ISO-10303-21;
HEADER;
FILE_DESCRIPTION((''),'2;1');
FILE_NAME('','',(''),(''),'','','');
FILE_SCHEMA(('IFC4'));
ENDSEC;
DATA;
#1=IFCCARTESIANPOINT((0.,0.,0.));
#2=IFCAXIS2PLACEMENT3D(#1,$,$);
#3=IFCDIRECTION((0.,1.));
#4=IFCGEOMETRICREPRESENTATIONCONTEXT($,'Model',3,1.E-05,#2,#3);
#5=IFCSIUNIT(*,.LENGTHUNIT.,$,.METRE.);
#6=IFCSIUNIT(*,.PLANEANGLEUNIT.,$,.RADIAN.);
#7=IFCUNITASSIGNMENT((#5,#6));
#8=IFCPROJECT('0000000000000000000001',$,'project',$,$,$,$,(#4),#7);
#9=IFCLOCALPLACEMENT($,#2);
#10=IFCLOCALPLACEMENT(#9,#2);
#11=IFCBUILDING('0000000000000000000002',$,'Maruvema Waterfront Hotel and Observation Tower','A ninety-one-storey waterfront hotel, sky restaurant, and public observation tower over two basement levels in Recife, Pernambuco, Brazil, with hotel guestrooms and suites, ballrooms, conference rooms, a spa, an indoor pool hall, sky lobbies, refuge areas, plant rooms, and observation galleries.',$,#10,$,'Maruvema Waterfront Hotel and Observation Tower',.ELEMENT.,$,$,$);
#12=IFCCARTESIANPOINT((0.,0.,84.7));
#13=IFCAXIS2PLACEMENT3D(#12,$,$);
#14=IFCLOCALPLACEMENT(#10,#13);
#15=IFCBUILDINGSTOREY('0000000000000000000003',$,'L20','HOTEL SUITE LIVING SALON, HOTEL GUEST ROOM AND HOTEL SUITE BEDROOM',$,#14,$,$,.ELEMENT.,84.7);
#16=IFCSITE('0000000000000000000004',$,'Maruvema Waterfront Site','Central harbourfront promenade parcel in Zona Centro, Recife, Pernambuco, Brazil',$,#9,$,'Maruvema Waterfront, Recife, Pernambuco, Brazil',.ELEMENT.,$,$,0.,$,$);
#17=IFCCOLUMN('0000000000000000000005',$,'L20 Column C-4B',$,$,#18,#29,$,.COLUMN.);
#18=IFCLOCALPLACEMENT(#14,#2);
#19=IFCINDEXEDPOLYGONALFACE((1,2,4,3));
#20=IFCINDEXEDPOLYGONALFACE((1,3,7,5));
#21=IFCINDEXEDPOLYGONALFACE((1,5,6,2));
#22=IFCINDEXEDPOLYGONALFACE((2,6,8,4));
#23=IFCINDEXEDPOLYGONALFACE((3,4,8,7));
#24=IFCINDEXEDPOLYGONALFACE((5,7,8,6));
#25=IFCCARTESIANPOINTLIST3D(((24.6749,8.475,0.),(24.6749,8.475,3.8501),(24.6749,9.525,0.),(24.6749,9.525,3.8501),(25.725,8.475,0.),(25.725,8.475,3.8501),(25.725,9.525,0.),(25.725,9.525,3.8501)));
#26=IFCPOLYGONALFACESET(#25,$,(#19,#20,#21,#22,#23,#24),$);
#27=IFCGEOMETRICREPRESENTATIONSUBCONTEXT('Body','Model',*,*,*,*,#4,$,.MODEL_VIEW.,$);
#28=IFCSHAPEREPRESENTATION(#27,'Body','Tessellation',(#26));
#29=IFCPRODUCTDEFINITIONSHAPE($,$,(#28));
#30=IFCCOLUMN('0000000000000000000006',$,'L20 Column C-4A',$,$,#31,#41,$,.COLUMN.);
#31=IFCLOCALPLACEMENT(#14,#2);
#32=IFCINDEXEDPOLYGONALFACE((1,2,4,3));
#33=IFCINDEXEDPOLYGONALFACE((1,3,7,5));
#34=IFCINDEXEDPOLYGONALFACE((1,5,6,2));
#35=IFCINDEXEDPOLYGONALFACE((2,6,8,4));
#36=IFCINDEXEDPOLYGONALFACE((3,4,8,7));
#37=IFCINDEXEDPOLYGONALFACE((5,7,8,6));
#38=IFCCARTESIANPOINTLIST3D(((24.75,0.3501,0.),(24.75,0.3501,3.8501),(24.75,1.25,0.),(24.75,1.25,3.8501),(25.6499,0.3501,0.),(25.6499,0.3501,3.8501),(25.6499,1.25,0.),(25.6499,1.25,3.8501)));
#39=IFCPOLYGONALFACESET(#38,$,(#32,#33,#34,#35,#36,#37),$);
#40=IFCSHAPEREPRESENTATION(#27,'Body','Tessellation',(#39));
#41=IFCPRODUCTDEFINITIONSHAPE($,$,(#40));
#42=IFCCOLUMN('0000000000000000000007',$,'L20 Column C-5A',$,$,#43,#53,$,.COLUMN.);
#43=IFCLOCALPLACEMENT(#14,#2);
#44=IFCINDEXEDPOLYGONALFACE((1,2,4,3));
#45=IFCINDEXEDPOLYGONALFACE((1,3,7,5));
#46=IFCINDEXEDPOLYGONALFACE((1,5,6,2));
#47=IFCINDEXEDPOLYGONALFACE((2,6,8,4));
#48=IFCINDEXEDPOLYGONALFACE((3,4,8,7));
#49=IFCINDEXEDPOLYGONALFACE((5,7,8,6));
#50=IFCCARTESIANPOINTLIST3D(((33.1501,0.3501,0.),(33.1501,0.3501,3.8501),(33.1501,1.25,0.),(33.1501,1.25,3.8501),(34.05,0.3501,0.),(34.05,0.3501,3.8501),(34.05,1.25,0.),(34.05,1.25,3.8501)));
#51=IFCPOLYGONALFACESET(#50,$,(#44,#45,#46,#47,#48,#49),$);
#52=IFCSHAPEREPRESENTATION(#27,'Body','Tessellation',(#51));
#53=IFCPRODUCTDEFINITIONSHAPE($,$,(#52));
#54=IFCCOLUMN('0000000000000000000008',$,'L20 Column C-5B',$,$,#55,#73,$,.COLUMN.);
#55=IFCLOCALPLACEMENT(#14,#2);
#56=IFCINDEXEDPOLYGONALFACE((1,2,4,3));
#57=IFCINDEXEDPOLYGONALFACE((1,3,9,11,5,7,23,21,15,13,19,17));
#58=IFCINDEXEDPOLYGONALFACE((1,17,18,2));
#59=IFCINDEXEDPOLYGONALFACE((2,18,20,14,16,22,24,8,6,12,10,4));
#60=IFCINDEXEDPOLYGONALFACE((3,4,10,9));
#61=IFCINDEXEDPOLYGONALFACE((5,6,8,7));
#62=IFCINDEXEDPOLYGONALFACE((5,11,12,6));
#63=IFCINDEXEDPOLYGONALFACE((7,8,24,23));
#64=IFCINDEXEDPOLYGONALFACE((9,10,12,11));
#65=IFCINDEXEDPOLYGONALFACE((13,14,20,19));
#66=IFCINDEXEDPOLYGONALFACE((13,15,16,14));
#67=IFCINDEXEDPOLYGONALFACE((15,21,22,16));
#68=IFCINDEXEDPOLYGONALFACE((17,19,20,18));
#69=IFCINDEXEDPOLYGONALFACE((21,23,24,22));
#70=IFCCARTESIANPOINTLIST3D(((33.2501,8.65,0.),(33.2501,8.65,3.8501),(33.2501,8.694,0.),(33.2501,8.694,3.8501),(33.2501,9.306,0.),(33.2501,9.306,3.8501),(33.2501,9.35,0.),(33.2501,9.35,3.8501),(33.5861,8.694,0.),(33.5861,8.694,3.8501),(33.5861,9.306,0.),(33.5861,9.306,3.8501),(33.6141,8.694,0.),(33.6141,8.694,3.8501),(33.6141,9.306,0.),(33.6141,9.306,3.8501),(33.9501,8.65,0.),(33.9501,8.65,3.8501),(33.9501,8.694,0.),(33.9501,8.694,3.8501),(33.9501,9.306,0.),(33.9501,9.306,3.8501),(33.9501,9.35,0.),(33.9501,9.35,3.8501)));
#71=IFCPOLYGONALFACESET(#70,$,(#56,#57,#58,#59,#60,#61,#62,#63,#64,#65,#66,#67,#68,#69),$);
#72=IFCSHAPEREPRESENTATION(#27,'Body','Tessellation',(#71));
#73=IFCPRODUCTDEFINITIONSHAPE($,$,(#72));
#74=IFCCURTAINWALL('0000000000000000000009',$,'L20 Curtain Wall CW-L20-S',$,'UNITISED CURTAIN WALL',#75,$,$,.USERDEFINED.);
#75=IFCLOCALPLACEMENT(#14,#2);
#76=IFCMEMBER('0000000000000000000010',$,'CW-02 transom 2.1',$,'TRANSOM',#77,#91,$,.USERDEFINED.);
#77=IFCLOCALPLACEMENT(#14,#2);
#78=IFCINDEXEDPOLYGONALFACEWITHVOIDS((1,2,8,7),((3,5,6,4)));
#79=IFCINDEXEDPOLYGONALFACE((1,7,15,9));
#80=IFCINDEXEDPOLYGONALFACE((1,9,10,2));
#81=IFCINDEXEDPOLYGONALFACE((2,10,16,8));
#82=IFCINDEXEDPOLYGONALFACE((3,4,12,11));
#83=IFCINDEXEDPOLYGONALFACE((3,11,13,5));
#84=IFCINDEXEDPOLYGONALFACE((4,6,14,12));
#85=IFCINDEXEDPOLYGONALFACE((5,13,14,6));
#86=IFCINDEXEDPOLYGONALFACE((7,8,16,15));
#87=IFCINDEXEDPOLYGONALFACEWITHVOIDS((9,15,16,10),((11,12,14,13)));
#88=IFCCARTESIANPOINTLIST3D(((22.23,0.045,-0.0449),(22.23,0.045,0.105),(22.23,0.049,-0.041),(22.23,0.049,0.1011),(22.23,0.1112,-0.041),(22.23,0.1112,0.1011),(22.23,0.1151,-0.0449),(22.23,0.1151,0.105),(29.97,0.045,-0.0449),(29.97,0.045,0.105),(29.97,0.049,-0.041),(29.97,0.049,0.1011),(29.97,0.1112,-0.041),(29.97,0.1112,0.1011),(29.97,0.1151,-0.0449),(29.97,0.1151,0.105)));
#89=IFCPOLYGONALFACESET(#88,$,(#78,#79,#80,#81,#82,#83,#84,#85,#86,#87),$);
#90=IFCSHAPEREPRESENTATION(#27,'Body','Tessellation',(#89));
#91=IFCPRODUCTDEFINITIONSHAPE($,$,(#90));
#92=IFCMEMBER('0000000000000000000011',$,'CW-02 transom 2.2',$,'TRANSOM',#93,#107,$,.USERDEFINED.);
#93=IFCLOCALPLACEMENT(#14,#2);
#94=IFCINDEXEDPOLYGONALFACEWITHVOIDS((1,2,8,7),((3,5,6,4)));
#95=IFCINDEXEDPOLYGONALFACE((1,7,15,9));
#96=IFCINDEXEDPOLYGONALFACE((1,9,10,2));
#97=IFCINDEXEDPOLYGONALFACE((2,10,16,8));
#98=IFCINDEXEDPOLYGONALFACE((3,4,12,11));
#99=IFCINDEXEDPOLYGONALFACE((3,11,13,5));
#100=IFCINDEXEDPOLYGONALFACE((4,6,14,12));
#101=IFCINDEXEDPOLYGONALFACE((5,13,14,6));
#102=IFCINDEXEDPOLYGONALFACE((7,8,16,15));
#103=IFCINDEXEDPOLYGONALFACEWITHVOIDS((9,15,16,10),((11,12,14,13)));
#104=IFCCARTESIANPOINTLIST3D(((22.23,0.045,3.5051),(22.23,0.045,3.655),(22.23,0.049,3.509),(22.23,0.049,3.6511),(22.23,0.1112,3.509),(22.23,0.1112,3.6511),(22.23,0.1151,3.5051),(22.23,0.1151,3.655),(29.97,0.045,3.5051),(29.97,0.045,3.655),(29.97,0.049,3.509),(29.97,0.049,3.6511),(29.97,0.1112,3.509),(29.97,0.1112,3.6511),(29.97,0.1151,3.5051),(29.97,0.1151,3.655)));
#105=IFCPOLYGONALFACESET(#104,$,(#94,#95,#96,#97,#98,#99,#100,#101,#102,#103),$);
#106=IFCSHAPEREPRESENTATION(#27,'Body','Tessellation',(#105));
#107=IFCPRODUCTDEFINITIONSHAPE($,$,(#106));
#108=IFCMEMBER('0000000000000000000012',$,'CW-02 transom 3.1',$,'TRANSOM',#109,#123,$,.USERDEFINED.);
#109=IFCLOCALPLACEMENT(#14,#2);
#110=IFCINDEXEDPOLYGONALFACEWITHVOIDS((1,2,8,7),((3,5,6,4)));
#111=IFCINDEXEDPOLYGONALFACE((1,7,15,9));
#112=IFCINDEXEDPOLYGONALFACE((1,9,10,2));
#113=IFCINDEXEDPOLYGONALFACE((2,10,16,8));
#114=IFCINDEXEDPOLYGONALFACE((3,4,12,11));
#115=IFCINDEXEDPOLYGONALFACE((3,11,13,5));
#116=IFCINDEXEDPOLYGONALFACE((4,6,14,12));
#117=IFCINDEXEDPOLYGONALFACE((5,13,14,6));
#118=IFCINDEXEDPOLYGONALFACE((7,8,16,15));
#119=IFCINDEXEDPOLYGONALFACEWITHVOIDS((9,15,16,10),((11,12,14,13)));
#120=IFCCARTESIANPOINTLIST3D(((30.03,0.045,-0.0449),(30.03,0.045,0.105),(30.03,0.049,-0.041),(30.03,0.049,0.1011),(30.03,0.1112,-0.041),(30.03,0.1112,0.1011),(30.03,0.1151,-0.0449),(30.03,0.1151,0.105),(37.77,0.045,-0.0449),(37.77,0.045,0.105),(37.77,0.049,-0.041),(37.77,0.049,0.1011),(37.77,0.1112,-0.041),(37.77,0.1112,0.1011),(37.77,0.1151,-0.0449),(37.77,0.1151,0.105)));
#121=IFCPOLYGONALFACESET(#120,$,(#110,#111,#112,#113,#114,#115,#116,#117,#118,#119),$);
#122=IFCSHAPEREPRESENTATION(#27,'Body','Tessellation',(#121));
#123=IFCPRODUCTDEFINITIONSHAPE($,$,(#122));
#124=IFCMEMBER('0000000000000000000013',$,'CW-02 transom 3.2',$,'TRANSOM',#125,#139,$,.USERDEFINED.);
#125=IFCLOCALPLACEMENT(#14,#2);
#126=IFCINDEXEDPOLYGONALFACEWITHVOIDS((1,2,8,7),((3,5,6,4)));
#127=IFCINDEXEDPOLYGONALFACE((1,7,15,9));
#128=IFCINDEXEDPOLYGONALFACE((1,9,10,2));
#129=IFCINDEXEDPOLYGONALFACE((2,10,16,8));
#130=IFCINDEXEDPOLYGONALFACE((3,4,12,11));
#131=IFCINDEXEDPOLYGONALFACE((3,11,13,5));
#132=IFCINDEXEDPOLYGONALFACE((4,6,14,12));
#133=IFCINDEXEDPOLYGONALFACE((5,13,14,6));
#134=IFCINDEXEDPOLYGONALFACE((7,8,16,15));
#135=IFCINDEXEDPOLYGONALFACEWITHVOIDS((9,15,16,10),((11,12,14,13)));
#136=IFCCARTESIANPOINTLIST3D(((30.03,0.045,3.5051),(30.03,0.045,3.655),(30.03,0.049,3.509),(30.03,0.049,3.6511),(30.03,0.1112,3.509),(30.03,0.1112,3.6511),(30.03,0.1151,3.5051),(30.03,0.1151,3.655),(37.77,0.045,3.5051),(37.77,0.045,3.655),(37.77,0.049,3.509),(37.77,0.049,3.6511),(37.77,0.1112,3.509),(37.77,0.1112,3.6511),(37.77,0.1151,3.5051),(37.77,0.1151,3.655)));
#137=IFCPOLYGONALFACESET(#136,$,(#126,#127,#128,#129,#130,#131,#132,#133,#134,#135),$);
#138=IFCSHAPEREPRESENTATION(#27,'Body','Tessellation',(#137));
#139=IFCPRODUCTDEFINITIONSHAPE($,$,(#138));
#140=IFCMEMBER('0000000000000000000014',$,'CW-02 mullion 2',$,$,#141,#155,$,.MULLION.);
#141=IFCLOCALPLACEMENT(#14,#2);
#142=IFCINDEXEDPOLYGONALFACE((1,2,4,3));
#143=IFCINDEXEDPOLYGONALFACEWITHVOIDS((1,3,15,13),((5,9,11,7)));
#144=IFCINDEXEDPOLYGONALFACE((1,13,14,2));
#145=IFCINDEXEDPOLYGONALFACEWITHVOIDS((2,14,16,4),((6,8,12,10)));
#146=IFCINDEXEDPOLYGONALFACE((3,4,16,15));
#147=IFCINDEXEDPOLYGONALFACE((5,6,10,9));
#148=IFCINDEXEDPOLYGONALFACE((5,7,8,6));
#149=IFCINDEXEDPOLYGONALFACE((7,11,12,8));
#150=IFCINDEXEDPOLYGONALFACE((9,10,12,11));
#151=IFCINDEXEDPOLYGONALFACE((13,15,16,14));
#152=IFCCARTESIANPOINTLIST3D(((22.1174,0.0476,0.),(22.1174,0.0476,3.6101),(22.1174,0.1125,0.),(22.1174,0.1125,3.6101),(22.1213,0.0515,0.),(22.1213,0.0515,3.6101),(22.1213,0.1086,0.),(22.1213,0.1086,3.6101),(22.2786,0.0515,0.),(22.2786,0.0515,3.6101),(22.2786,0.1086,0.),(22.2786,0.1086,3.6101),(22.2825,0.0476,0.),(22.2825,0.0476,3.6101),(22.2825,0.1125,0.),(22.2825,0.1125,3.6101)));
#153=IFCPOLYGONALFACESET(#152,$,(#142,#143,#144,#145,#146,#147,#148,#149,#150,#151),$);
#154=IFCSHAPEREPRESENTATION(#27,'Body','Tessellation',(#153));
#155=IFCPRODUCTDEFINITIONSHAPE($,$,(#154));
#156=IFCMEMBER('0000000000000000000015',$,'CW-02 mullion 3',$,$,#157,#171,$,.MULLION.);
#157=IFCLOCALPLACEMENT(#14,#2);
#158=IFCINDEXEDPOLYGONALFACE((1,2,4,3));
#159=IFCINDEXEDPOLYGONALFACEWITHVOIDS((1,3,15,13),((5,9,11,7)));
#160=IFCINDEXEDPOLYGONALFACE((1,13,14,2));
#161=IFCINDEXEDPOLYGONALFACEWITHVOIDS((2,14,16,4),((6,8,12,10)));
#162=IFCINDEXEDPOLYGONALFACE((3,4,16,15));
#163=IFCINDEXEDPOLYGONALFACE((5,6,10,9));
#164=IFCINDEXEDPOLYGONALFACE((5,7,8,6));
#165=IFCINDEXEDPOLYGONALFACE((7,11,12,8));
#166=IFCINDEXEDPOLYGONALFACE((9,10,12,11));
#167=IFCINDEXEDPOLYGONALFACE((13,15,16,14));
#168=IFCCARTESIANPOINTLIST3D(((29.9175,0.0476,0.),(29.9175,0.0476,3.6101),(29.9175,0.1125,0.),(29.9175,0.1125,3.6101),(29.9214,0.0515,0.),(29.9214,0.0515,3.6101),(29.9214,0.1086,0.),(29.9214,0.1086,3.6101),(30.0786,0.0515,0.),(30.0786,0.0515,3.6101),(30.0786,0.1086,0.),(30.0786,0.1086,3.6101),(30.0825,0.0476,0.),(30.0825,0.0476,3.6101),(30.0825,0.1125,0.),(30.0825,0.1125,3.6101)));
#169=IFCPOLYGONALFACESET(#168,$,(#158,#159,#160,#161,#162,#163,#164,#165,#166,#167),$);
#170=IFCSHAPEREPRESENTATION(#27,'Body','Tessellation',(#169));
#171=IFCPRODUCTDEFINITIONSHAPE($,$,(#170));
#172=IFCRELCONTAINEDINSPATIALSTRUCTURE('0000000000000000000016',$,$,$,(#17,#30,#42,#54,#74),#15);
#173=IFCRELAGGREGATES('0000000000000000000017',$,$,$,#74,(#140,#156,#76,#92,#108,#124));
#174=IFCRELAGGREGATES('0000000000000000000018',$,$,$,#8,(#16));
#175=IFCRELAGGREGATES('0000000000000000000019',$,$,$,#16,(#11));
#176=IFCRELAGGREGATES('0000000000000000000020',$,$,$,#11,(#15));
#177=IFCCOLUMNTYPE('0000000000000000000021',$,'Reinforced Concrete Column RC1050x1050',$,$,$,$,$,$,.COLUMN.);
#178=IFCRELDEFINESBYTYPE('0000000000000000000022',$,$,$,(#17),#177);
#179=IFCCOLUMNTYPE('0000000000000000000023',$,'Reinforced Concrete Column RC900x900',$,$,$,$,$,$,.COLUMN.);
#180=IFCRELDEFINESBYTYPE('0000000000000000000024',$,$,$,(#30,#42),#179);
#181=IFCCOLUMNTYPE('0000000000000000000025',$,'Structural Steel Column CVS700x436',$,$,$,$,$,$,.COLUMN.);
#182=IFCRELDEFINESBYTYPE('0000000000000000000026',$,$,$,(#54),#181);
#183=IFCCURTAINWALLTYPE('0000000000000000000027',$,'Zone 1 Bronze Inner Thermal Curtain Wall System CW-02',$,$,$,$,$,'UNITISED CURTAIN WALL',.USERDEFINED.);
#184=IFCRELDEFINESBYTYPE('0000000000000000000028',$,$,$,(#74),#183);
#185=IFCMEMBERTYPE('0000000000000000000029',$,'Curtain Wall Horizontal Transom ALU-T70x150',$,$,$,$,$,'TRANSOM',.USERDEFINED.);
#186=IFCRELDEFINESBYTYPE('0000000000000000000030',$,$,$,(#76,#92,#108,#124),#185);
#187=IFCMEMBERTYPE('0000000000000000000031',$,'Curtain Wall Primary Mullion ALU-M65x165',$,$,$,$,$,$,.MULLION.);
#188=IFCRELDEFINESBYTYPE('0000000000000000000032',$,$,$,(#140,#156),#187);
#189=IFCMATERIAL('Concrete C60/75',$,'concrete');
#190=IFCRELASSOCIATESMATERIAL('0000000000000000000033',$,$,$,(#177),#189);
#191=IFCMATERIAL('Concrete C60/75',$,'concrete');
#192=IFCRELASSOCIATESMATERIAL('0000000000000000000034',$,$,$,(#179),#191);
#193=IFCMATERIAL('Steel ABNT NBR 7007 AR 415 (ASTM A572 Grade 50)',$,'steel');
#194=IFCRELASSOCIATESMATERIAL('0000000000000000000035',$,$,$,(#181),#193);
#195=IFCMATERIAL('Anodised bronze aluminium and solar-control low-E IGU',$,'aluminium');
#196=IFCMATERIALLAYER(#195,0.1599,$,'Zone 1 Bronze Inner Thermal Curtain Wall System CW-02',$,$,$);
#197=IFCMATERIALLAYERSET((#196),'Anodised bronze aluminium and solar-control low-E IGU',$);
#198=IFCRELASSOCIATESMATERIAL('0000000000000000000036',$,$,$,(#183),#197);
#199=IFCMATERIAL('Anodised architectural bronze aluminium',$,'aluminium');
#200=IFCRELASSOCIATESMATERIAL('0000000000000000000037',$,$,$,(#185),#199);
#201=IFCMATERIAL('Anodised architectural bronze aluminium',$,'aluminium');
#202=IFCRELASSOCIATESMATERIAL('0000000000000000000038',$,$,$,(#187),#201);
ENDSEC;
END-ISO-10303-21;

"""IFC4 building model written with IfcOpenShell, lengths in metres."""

from ifc_helpers import new_model, si_unit, direction, frame, origin, origin_2d, place, context, subcontext, project, spatial, rectangle, hollow_rectangle, i_section, extrude, material, layer, layer_set, material_profile, profile_set, type_object, element, aggregate, save


model = new_model("IFC4")

# Units and contexts
model_context = context("Model", 3, precision=1e-05, world=origin(), true_north=direction((0.0, 1.0)))
body_context = subcontext(model_context, "Body", "Model", "MODEL_VIEW")
ifc_project = project(units=[si_unit("LENGTHUNIT", "METRE"), si_unit("PLANEANGLEUNIT", "RADIAN")], contexts=[model_context])

# Site, building, storey
site_placement = place(None, origin())
site = spatial("IfcSite", under=ifc_project, at=site_placement, Name="Maruvema Waterfront Site", Description="Central harbourfront promenade parcel in Zona Centro, Recife, Pernambuco, Brazil", LongName="Maruvema Waterfront, Recife, Pernambuco, Brazil", CompositionType="ELEMENT", RefElevation=0.0)
building_placement = place(site_placement, origin())
building = spatial("IfcBuilding", under=site, at=building_placement, Name="Maruvema Waterfront Hotel and Observation Tower", Description="A ninety-one-storey waterfront hotel, sky restaurant, and public observation tower over two basement levels in Recife, Pernambuco, Brazil, with hotel guestrooms and suites, ballrooms, conference rooms, a spa, an indoor pool hall, sky lobbies, refuge areas, plant rooms, and observation galleries.", LongName="Maruvema Waterfront Hotel and Observation Tower", CompositionType="ELEMENT")
storey_placement = place(building_placement, frame((0.0, 0.0, 84.7)))
storey = spatial("IfcBuildingStorey", under=building, at=storey_placement, Name="L20", Description="HOTEL SUITE LIVING SALON, HOTEL GUEST ROOM AND HOTEL SUITE BEDROOM", CompositionType="ELEMENT", Elevation=84.7)

# Columns
ifc_material_1 = material(Name="Concrete C60/75", Category="concrete")
ifc_material_profile_1 = material_profile(ifc_material_1, rectangle(XDim=1.05, YDim=1.05, at=origin_2d()), Name="RC1050x1050")
ifc_profile_set_1 = profile_set([ifc_material_profile_1], Name="Concrete C60/75")
column_type_1 = type_object("IfcColumnType", Name="Reinforced Concrete Column RC1050x1050", PredefinedType="COLUMN", material=ifc_profile_set_1)
column_1_placement = place(storey_placement, frame((25.2, 9.0, 0.0), z_axis=(0.0, 0.0, 1.0), x_axis=(1.0, 0.0, 0.0)))
element("IfcColumn", 1, at=column_1_placement, inside=storey, type_object=column_type_1, Name="L20 Column C-4B", PredefinedType="COLUMN", context=body_context, shape_type="SweptSolid", body=[
    extrude(rectangle(XDim=1.05, YDim=1.05, at=origin_2d()), origin(), (0.0, 0.0, 1.0), 3.8501),
])
ifc_material_2 = material(Name="Concrete C60/75", Category="concrete")
ifc_material_profile_2 = material_profile(ifc_material_2, rectangle(XDim=0.8999, YDim=0.8999, at=origin_2d()), Name="RC900x900")
ifc_profile_set_2 = profile_set([ifc_material_profile_2], Name="Concrete C60/75")
column_type_2 = type_object("IfcColumnType", Name="Reinforced Concrete Column RC900x900", PredefinedType="COLUMN", material=ifc_profile_set_2)
for number, where, z_axis, x_axis, name in (
    (2, (25.2, 0.8, 0.0), (0.0, 0.0, 1.0), (1.0, 0.0, 0.0), "L20 Column C-4A"),
    (3, (33.6001, 0.8, 0.0), (0.0, 0.0, 1.0), (1.0, 0.0, 0.0), "L20 Column C-5A"),
):
    element("IfcColumn", number, at=place(storey_placement, frame(where, z_axis=z_axis, x_axis=x_axis)), inside=storey, type_object=column_type_2, Name=name, PredefinedType="COLUMN", context=body_context, shape_type="SweptSolid", body=[
        extrude(rectangle(XDim=0.8999, YDim=0.8999, at=origin_2d()), origin(), (0.0, 0.0, 1.0), 3.8501),
    ])
ifc_material_3 = material(Name="Steel ABNT NBR 7007 AR 415 (ASTM A572 Grade 50)", Category="steel")
ifc_material_profile_3 = material_profile(ifc_material_3, i_section(OverallWidth=0.7, OverallDepth=0.7, WebThickness=0.0281, FlangeThickness=0.0439, at=origin_2d()), Name="CVS700x436")
ifc_profile_set_3 = profile_set([ifc_material_profile_3], Name="Steel ABNT NBR 7007 AR 415 (ASTM A572 Grade 50)")
column_type_3 = type_object("IfcColumnType", Name="Structural Steel Column CVS700x436", PredefinedType="COLUMN", material=ifc_profile_set_3)
column_2_placement = place(storey_placement, frame((33.6001, 9.0, 0.0), z_axis=(0.0, 0.0, 1.0), x_axis=(1.0, 0.0, 0.0)))
element("IfcColumn", 4, at=column_2_placement, inside=storey, type_object=column_type_3, Name="L20 Column C-5B", PredefinedType="COLUMN", context=body_context, shape_type="SweptSolid", body=[
    extrude(i_section(OverallWidth=0.7, OverallDepth=0.7, WebThickness=0.0281, FlangeThickness=0.0439, at=origin_2d()), origin(), (0.0, 0.0, 1.0), 3.8501),
])

# Curtain wall, members
ifc_material_4 = material(Name="Anodised bronze aluminium and solar-control low-E IGU", Category="aluminium")
ifc_layer_1 = layer(ifc_material_4, 0.1599, Name="Zone 1 Bronze Inner Thermal Curtain Wall System CW-02")
ifc_layer_set_1 = layer_set([ifc_layer_1], Name="Anodised bronze aluminium and solar-control low-E IGU")
curtain_wall_type = type_object("IfcCurtainWallType", Name="Zone 1 Bronze Inner Thermal Curtain Wall System CW-02", ElementType="UNITISED CURTAIN WALL", PredefinedType="USERDEFINED", material=ifc_layer_set_1)
curtain_wall_placement = place(storey_placement, origin())
curtain_wall = element("IfcCurtainWall", 5, at=curtain_wall_placement, inside=storey, type_object=curtain_wall_type, Name="L20 Curtain Wall CW-L20-S", ObjectType="UNITISED CURTAIN WALL", PredefinedType="USERDEFINED")
ifc_material_5 = material(Name="Anodised architectural bronze aluminium", Category="aluminium")
ifc_material_profile_4 = material_profile(ifc_material_5, hollow_rectangle(XDim=0.0701, YDim=0.1499, WallThickness=0.0039, at=origin_2d()), Name="ALU-T70x150")
ifc_profile_set_4 = profile_set([ifc_material_profile_4], Name="Anodised architectural bronze aluminium")
member_type_1 = type_object("IfcMemberType", Name="Curtain Wall Horizontal Transom ALU-T70x150", ElementType="TRANSOM", PredefinedType="USERDEFINED", material=ifc_profile_set_4)
member_1_placement = place(storey_placement, frame((22.23, 0.0801, 0.03), z_axis=(1.0, 0.0, 0.0), x_axis=(0.0, 1.0, 0.0)))
member_1 = element("IfcMember", 6, at=member_1_placement, type_object=member_type_1, Name="CW-02 transom 2.1", ObjectType="TRANSOM", PredefinedType="USERDEFINED", context=body_context, shape_type="SweptSolid", body=[
    extrude(hollow_rectangle(XDim=0.0701, YDim=0.1499, WallThickness=0.0039, at=origin_2d()), origin(), (0.0, 0.0, 1.0), 7.74),
])
member_2_placement = place(storey_placement, frame((22.23, 0.0801, 3.5801), z_axis=(1.0, 0.0, 0.0), x_axis=(0.0, 1.0, 0.0)))
member_2 = element("IfcMember", 7, at=member_2_placement, type_object=member_type_1, Name="CW-02 transom 2.2", ObjectType="TRANSOM", PredefinedType="USERDEFINED", context=body_context, shape_type="SweptSolid", body=[
    extrude(hollow_rectangle(XDim=0.0701, YDim=0.1499, WallThickness=0.0039, at=origin_2d()), origin(), (0.0, 0.0, 1.0), 7.74),
])
member_3_placement = place(storey_placement, frame((30.03, 0.0801, 0.03), z_axis=(1.0, 0.0, 0.0), x_axis=(0.0, 1.0, 0.0)))
member_3 = element("IfcMember", 8, at=member_3_placement, type_object=member_type_1, Name="CW-02 transom 3.1", ObjectType="TRANSOM", PredefinedType="USERDEFINED", context=body_context, shape_type="SweptSolid", body=[
    extrude(hollow_rectangle(XDim=0.0701, YDim=0.1499, WallThickness=0.0039, at=origin_2d()), origin(), (0.0, 0.0, 1.0), 7.74),
])
member_4_placement = place(storey_placement, frame((30.03, 0.0801, 3.5801), z_axis=(1.0, 0.0, 0.0), x_axis=(0.0, 1.0, 0.0)))
member_4 = element("IfcMember", 9, at=member_4_placement, type_object=member_type_1, Name="CW-02 transom 3.2", ObjectType="TRANSOM", PredefinedType="USERDEFINED", context=body_context, shape_type="SweptSolid", body=[
    extrude(hollow_rectangle(XDim=0.0701, YDim=0.1499, WallThickness=0.0039, at=origin_2d()), origin(), (0.0, 0.0, 1.0), 7.74),
])
ifc_material_6 = material(Name="Anodised architectural bronze aluminium", Category="aluminium")
ifc_material_profile_5 = material_profile(ifc_material_6, hollow_rectangle(XDim=0.0649, YDim=0.165, WallThickness=0.0039, at=origin_2d()), Name="ALU-M65x165")
ifc_profile_set_5 = profile_set([ifc_material_profile_5], Name="Anodised architectural bronze aluminium")
member_type_2 = type_object("IfcMemberType", Name="Curtain Wall Primary Mullion ALU-M65x165", PredefinedType="MULLION", material=ifc_profile_set_5)
member_5_placement = place(storey_placement, frame((22.2, 0.0801, 0.0), z_axis=(0.0, 0.0, 1.0), x_axis=(0.0, 1.0, 0.0)))
member_5 = element("IfcMember", 10, at=member_5_placement, type_object=member_type_2, Name="CW-02 mullion 2", PredefinedType="MULLION", context=body_context, shape_type="SweptSolid", body=[
    extrude(hollow_rectangle(XDim=0.0649, YDim=0.165, WallThickness=0.0039, at=origin_2d()), origin(), (0.0, 0.0, 1.0), 3.6101),
])
member_6_placement = place(storey_placement, frame((30.0, 0.0801, 0.0), z_axis=(0.0, 0.0, 1.0), x_axis=(0.0, 1.0, 0.0)))
member_6 = element("IfcMember", 11, at=member_6_placement, type_object=member_type_2, Name="CW-02 mullion 3", PredefinedType="MULLION", context=body_context, shape_type="SweptSolid", body=[
    extrude(hollow_rectangle(XDim=0.0649, YDim=0.165, WallThickness=0.0039, at=origin_2d()), origin(), (0.0, 0.0, 1.0), 3.6101),
])

aggregate(curtain_wall, [member_5, member_6, member_1, member_2, member_3, member_4])

save(model, "model.ifc")
